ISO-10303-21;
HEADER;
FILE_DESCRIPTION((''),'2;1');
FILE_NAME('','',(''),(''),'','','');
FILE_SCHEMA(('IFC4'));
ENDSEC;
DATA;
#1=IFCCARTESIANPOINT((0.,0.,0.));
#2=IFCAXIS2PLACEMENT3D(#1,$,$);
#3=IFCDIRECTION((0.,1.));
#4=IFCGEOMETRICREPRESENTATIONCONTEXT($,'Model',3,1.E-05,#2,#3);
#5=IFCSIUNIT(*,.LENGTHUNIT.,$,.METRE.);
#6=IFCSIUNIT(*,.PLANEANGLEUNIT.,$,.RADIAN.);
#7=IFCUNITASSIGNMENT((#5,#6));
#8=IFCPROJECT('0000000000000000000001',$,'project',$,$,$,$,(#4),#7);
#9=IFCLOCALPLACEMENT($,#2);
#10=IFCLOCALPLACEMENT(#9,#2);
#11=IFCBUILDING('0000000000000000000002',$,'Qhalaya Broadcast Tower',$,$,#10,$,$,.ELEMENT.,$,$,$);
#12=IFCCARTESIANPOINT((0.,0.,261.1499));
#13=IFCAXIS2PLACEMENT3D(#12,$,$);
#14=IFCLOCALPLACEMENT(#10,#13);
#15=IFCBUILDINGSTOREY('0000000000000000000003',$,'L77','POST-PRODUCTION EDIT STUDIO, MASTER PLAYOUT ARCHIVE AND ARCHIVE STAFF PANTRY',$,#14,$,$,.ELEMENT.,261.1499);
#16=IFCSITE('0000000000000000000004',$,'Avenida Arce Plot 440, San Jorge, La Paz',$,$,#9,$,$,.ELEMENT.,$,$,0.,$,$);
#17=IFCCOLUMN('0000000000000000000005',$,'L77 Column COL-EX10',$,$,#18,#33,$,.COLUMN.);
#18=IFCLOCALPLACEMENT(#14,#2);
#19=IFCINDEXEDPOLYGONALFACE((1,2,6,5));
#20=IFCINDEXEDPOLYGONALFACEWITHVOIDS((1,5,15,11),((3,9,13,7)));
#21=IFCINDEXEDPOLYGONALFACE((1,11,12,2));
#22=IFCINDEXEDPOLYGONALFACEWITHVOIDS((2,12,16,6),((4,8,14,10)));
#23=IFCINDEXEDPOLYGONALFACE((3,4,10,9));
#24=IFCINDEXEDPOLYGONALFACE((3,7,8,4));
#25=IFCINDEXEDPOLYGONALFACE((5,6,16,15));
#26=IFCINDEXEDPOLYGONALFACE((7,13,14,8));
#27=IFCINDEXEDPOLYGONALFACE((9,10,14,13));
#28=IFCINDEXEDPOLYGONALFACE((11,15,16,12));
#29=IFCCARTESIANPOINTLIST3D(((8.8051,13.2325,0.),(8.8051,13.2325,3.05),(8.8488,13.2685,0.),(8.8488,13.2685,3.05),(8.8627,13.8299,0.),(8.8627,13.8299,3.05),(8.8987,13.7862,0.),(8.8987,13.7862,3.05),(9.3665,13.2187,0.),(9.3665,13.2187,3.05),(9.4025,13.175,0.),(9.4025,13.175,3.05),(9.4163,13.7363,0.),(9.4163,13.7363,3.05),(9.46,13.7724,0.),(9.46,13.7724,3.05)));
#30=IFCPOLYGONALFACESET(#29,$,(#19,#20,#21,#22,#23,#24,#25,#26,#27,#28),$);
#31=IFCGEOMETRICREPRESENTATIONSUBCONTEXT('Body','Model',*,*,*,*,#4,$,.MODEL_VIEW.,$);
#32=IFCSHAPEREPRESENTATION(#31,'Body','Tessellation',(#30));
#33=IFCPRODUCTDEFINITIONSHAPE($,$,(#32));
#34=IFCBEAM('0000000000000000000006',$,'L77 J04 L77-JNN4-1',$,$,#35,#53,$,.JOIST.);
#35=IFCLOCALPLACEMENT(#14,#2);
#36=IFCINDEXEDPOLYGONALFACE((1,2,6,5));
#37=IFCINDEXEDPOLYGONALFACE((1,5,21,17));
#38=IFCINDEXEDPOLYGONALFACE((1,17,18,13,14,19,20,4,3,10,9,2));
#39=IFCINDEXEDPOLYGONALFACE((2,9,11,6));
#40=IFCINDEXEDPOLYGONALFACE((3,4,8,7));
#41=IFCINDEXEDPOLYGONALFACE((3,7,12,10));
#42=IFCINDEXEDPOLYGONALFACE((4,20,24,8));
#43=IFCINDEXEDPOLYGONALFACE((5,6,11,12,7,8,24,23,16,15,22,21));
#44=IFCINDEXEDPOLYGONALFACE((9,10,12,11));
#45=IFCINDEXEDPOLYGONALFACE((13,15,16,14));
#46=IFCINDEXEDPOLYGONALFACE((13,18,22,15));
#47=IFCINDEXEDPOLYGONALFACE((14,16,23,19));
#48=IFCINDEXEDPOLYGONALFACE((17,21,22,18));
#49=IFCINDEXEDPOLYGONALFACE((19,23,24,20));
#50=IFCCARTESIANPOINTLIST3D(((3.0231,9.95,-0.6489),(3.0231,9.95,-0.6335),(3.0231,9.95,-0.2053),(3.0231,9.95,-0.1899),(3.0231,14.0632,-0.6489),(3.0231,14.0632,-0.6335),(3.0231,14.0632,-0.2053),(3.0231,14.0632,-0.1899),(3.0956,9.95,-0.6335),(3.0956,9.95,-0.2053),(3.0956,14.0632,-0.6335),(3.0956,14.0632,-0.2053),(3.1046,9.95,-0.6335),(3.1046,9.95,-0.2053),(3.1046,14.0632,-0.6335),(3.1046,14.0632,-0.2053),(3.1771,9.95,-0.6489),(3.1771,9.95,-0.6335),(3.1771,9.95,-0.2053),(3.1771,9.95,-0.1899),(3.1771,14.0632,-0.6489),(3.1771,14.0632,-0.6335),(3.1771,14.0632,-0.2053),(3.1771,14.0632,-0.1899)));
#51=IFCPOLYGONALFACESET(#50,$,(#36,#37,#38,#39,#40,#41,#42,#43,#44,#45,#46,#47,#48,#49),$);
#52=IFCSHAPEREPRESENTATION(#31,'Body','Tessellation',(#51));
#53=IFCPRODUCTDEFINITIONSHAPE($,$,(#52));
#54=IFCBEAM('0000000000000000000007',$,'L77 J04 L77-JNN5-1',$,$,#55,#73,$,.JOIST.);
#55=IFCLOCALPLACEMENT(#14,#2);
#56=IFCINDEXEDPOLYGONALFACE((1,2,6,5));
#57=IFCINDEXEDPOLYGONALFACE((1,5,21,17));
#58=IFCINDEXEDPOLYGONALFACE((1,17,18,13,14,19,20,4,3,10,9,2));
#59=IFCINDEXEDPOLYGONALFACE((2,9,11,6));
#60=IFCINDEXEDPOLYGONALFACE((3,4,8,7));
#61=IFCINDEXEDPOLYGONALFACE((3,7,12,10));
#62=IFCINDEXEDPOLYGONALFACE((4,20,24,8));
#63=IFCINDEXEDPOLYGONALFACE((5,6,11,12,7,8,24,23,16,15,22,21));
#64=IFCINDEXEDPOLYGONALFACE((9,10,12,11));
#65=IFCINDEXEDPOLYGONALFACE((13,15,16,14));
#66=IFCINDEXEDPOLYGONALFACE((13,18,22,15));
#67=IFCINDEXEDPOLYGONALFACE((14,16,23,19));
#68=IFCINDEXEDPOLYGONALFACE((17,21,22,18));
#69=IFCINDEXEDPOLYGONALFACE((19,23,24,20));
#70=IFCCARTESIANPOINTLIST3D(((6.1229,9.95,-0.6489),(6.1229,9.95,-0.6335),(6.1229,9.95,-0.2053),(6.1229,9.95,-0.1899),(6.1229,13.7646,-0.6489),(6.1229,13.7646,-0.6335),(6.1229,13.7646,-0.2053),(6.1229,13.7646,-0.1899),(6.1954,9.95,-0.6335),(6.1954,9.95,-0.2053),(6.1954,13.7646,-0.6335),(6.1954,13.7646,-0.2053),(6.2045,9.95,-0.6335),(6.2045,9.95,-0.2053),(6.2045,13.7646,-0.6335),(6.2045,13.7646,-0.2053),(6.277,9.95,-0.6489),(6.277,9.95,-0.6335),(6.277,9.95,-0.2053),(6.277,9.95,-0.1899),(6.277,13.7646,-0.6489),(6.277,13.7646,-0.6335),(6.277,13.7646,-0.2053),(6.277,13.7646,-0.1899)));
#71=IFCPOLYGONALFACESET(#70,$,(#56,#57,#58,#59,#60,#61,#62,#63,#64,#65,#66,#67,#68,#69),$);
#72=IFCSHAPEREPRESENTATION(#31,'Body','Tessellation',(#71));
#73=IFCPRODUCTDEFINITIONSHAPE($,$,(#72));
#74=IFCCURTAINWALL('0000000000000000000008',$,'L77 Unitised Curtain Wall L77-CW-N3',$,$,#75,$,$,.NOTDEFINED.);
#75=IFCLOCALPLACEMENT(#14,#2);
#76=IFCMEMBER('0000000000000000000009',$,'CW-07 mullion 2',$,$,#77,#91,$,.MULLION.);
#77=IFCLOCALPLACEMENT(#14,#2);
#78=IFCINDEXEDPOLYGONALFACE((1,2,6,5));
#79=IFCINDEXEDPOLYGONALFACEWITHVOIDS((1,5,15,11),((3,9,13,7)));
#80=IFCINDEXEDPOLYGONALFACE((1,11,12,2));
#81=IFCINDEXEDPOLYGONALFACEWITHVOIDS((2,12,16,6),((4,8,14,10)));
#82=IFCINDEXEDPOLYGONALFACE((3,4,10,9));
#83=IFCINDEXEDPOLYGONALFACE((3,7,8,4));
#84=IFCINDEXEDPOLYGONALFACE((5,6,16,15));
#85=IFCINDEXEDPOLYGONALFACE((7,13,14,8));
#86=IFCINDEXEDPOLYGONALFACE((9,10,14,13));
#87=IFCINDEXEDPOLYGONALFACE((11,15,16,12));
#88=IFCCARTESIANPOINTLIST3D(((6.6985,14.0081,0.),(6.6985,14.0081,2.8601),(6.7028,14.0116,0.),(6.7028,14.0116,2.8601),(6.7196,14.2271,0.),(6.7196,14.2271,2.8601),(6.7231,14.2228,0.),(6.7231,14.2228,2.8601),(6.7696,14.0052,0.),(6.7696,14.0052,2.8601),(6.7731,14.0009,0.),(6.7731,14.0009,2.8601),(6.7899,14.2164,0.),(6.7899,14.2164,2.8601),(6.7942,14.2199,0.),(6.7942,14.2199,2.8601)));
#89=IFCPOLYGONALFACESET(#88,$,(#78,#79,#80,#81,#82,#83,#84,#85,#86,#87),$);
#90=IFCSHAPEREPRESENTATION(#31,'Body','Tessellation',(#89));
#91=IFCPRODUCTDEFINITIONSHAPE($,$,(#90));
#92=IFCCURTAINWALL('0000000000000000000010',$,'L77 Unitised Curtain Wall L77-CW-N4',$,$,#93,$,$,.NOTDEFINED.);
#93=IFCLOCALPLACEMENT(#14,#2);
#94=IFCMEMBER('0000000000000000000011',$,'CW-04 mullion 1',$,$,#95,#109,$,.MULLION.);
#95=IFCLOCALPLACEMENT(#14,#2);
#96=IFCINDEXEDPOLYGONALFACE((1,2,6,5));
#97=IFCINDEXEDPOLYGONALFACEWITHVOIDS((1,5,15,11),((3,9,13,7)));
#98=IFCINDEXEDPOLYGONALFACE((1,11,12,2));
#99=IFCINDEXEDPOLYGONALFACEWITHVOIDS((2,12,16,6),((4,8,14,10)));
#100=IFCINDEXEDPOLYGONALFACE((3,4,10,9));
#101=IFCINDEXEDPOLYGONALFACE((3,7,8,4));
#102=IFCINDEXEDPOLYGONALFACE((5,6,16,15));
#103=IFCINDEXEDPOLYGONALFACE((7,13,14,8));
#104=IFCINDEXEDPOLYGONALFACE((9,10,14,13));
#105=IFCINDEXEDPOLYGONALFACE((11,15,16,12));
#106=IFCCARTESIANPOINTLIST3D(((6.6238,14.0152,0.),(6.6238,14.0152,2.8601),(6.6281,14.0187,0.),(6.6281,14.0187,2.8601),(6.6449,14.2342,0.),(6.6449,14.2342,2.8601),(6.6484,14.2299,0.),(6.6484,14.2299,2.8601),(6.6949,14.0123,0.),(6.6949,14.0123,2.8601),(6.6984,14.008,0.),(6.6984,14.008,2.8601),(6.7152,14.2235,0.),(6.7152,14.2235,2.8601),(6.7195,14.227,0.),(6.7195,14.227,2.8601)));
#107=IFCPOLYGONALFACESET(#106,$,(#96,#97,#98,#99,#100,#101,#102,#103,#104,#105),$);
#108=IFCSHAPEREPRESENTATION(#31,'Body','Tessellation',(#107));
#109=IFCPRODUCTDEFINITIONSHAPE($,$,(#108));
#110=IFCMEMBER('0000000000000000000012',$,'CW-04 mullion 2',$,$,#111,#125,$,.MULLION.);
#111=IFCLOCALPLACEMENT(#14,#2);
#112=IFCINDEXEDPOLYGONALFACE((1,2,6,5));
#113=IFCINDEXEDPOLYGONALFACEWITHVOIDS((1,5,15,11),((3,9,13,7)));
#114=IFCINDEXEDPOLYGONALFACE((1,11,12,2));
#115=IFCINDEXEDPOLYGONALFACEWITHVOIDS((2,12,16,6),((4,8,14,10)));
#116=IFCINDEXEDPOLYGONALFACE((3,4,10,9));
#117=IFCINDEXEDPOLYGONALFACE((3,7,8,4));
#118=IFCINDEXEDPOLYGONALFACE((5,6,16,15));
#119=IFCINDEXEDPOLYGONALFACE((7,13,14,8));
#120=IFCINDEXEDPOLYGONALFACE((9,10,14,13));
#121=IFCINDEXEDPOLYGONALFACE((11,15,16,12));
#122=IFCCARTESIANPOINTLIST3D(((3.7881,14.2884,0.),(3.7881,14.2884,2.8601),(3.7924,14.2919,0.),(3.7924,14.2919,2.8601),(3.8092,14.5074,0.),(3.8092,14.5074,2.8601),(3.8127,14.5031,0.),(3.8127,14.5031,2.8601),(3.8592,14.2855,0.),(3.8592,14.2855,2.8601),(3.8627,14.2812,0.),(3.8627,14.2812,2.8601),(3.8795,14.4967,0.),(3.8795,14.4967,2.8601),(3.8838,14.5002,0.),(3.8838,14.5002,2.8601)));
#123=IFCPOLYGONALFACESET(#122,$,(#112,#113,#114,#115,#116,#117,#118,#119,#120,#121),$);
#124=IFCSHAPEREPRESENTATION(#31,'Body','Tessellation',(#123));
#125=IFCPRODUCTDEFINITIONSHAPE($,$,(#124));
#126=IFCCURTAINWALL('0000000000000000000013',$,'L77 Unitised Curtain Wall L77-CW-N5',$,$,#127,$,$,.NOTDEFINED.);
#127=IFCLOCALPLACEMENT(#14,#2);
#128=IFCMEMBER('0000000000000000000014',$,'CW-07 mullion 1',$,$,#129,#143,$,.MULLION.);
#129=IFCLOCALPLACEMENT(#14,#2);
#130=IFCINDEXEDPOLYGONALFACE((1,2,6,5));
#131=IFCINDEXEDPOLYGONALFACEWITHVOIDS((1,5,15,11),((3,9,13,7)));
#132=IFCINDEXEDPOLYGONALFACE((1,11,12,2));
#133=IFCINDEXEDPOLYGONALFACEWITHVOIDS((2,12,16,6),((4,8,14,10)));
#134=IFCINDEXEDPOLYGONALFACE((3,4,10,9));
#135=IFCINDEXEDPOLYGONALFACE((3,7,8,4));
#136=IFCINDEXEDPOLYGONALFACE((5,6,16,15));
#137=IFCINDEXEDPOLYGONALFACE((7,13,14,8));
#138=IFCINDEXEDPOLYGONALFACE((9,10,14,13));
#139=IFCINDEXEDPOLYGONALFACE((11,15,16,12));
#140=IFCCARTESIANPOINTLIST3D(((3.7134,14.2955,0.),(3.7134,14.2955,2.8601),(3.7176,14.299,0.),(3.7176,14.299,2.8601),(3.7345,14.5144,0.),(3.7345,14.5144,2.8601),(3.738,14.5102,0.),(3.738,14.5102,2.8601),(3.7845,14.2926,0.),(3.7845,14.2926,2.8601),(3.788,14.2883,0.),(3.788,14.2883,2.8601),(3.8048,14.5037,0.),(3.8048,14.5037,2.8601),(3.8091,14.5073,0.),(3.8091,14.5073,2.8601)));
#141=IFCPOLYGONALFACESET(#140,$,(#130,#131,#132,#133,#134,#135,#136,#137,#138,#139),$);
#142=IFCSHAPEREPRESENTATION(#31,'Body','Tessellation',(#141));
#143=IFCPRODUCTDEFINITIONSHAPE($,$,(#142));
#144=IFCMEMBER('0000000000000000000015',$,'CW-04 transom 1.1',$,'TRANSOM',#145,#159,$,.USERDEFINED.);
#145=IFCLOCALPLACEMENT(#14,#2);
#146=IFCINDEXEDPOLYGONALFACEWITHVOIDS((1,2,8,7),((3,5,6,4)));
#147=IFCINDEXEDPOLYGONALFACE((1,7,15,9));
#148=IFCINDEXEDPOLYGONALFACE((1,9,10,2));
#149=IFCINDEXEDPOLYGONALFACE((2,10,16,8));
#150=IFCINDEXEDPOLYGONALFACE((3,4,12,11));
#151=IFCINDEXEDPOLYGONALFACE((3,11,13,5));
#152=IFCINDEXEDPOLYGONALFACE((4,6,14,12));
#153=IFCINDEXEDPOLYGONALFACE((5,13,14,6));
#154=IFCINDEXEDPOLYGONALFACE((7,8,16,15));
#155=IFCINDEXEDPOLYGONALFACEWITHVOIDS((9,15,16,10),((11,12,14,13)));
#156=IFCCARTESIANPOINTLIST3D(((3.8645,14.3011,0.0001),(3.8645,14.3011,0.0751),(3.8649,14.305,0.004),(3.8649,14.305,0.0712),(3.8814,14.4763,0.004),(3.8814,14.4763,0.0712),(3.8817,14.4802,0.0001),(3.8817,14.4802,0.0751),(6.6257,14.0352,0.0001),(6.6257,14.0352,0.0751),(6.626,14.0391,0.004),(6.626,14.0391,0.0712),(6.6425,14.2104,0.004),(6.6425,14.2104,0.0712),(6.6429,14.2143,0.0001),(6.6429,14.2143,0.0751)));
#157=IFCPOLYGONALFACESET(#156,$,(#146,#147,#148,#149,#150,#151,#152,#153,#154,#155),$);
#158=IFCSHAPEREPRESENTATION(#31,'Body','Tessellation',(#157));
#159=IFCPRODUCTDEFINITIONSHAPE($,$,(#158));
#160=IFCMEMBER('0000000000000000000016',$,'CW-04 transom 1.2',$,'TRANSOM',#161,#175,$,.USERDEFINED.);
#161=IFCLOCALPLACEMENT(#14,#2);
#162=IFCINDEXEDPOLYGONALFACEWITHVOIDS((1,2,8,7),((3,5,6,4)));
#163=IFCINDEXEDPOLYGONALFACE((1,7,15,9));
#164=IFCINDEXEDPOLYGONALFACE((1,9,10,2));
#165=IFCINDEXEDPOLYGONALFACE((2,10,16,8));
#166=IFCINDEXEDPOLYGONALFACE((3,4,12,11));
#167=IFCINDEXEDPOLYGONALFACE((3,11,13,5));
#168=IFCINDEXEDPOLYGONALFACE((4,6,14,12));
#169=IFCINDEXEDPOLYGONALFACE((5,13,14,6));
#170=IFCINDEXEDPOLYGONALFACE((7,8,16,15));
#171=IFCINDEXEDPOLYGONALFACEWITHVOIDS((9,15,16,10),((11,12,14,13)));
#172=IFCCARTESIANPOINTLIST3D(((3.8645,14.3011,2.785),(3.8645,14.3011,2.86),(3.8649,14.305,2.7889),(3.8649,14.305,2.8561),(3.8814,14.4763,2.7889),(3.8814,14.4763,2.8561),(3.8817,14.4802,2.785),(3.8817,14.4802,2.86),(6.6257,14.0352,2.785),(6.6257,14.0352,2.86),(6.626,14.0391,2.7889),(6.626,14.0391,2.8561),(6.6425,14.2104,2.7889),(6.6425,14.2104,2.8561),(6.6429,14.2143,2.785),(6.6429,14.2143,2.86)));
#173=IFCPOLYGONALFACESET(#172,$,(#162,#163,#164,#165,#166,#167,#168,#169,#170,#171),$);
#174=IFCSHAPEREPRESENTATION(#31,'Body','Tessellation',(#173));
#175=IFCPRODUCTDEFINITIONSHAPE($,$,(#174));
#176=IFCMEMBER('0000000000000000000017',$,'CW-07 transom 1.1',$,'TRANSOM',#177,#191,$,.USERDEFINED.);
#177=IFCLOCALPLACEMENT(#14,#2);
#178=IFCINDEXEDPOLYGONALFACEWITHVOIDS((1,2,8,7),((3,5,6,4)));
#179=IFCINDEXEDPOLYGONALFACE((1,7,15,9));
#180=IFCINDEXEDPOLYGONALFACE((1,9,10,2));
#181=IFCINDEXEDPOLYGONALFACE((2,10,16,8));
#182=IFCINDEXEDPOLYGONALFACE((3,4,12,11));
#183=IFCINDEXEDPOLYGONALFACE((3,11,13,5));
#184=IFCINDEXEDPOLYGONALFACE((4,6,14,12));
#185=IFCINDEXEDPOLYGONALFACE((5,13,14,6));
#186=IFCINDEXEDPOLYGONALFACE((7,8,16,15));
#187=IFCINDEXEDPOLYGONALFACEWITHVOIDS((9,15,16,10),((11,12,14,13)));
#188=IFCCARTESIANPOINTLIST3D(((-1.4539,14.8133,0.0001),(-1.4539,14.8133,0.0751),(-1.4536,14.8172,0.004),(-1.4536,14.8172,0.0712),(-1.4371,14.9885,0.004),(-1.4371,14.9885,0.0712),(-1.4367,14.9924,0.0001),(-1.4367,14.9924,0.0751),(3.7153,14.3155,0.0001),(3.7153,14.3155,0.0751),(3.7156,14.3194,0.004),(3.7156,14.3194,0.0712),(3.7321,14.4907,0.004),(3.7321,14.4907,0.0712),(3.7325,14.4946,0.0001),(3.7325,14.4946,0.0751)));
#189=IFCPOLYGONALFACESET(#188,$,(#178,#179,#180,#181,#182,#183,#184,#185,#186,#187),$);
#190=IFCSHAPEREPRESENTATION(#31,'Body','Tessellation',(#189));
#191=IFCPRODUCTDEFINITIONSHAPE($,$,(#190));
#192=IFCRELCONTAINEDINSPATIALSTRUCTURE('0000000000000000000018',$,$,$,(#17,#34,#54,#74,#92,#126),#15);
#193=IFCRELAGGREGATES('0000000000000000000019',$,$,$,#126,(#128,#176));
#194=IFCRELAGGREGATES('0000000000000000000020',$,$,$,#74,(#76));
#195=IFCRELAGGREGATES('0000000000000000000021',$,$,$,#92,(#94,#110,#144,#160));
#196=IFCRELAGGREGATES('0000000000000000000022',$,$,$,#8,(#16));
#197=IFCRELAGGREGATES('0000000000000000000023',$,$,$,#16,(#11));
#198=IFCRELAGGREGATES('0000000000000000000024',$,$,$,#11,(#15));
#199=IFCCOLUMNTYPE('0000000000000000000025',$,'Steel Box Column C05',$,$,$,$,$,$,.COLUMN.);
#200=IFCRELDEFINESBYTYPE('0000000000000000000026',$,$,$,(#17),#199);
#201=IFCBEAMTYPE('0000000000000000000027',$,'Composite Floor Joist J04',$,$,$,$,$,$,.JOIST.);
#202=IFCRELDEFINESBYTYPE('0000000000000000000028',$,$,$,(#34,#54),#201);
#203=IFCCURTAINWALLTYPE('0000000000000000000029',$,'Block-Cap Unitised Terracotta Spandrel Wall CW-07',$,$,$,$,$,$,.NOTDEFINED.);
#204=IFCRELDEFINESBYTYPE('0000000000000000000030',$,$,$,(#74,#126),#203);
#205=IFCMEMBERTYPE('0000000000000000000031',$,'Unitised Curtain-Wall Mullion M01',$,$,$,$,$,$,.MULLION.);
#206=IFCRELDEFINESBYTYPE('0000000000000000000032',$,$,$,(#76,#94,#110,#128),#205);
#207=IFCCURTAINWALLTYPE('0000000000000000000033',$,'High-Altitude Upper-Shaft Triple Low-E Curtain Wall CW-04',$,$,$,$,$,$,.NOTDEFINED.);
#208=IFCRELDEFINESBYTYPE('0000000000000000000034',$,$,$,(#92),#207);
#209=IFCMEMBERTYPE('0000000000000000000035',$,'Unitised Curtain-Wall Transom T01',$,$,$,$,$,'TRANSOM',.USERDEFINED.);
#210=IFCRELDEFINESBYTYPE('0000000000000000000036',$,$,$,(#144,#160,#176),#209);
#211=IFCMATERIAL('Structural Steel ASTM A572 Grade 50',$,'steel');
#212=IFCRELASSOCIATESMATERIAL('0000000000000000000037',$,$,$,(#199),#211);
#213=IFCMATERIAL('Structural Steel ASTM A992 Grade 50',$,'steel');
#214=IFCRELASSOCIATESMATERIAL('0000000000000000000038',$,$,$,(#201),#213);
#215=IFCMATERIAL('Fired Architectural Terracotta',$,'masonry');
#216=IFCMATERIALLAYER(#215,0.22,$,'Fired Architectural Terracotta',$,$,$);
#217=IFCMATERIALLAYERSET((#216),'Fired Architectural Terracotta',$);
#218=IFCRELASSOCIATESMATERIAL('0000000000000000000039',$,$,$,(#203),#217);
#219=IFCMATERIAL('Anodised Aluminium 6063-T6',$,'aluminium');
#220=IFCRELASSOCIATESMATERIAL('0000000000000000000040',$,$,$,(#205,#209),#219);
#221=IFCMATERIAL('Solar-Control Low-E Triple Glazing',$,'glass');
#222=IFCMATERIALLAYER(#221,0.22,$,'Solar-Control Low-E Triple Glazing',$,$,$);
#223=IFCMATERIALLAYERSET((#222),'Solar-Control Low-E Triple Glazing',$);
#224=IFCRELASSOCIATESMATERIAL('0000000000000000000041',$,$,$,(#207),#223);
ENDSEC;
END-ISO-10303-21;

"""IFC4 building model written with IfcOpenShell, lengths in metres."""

from ifc_helpers import new_model, si_unit, direction, frame, origin, origin_2d, place, context, subcontext, project, spatial, hollow_rectangle, i_section, extrude, material, layer, layer_set, material_profile, profile_set, type_object, element, aggregate, save


model = new_model("IFC4")

# Units and contexts
model_context = context("Model", 3, precision=1e-05, world=origin(), true_north=direction((0.0, 1.0)))
body_context = subcontext(model_context, "Body", "Model", "MODEL_VIEW")
ifc_project = project(units=[si_unit("LENGTHUNIT", "METRE"), si_unit("PLANEANGLEUNIT", "RADIAN")], contexts=[model_context])

# Site, building, storey
site_placement = place(None, origin())
site = spatial("IfcSite", under=ifc_project, at=site_placement, Name="Avenida Arce Plot 440, San Jorge, La Paz", CompositionType="ELEMENT", RefElevation=0.0)
building_placement = place(site_placement, origin())
building = spatial("IfcBuilding", under=site, at=building_placement, Name="Qhalaya Broadcast Tower", CompositionType="ELEMENT")
storey_placement = place(building_placement, frame((0.0, 0.0, 261.1499)))
storey = spatial("IfcBuildingStorey", under=building, at=storey_placement, Name="L77", Description="POST-PRODUCTION EDIT STUDIO, MASTER PLAYOUT ARCHIVE AND ARCHIVE STAFF PANTRY", CompositionType="ELEMENT", Elevation=261.1499)

# Column
ifc_material_1 = material(Name="Structural Steel ASTM A572 Grade 50", Category="steel")
ifc_material_profile_1 = material_profile(ifc_material_1, hollow_rectangle(XDim=0.6001, YDim=0.6001, WallThickness=0.04, at=origin_2d()), Name="BOX 600x600x40")
ifc_profile_set_1 = profile_set([ifc_material_profile_1], Name="Structural Steel ASTM A572 Grade 50")
column_type = type_object("IfcColumnType", Name="Steel Box Column C05", PredefinedType="COLUMN", material=ifc_profile_set_1)
column_placement = place(storey_placement, frame((9.1326, 13.5024, 0.0), z_axis=(0.0, 0.0, 1.0), x_axis=(0.995396, -0.095846, 0.0)))
element("IfcColumn", 1, at=column_placement, inside=storey, type_object=column_type, Name="L77 Column COL-EX10", PredefinedType="COLUMN", context=body_context, shape_type="SweptSolid", body=[
    extrude(hollow_rectangle(XDim=0.6001, YDim=0.6001, WallThickness=0.04, at=origin_2d()), origin(), (0.0, 0.0, 1.0), 3.05),
])

# Beams
ifc_material_2 = material(Name="Structural Steel ASTM A992 Grade 50", Category="steel")
ifc_material_profile_2 = material_profile(ifc_material_2, i_section(OverallWidth=0.1541, OverallDepth=0.459, WebThickness=0.009, FlangeThickness=0.0154, at=origin_2d()), Name="W18X46")
ifc_profile_set_2 = profile_set([ifc_material_profile_2], Name="Structural Steel ASTM A992 Grade 50")
beam_type_1 = type_object("IfcBeamType", Name="Composite Floor Joist J04", PredefinedType="JOIST", material=ifc_profile_set_2)
beam_1_placement = place(storey_placement, frame((3.1001, 9.95, -0.4194), z_axis=(0.0, 1.0, 0.0), x_axis=(-1.0, 0.0, 0.0)))
element("IfcBeam", 2, at=beam_1_placement, inside=storey, type_object=beam_type_1, Name="L77 J04 L77-JNN4-1", PredefinedType="JOIST", context=body_context, shape_type="SweptSolid", body=[
    extrude(i_section(OverallWidth=0.1541, OverallDepth=0.459, WebThickness=0.009, FlangeThickness=0.0154, at=origin_2d()), origin(), (0.0, 0.0, 1.0), 4.1133),
])
beam_2_placement = place(storey_placement, frame((6.2, 9.95, -0.4194), z_axis=(0.0, 1.0, 0.0), x_axis=(-1.0, 0.0, 0.0)))
element("IfcBeam", 3, at=beam_2_placement, inside=storey, type_object=beam_type_1, Name="L77 J04 L77-JNN5-1", PredefinedType="JOIST", context=body_context, shape_type="SweptSolid", body=[
    extrude(i_section(OverallWidth=0.1541, OverallDepth=0.459, WebThickness=0.009, FlangeThickness=0.0154, at=origin_2d()), origin(), (0.0, 0.0, 1.0), 3.8147),
])

# Curtain wall, member
ifc_material_3 = material(Name="Fired Architectural Terracotta", Category="masonry")
ifc_layer_1 = layer(ifc_material_3, 0.22, Name="Fired Architectural Terracotta")
ifc_layer_set_1 = layer_set([ifc_layer_1], Name="Fired Architectural Terracotta")
curtain_wall_type_1 = type_object("IfcCurtainWallType", Name="Block-Cap Unitised Terracotta Spandrel Wall CW-07", PredefinedType="NOTDEFINED", material=ifc_layer_set_1)
curtain_wall_1_placement = place(storey_placement, origin())
curtain_wall_1 = element("IfcCurtainWall", 4, at=curtain_wall_1_placement, inside=storey, type_object=curtain_wall_type_1, Name="L77 Unitised Curtain Wall L77-CW-N3", PredefinedType="NOTDEFINED")
ifc_material_4 = material(Name="Anodised Aluminium 6063-T6", Category="aluminium")
ifc_material_profile_3 = material_profile(ifc_material_4, hollow_rectangle(XDim=0.075, YDim=0.22, WallThickness=0.0039, at=origin_2d()), Name="ALU-MUL 75x220x4")
ifc_profile_set_3 = profile_set([ifc_material_profile_3], Name="Anodised Aluminium 6063-T6")
member_type_1 = type_object("IfcMemberType", Name="Unitised Curtain-Wall Mullion M01", PredefinedType="MULLION", material=ifc_profile_set_3)
member_1_placement = place(storey_placement, frame((6.7463, 14.114, 0.0), z_axis=(0.0, 0.0, 1.0), x_axis=(-0.995396, 0.095845, 0.0)))
member_1 = element("IfcMember", 5, at=member_1_placement, type_object=member_type_1, Name="CW-07 mullion 2", PredefinedType="MULLION", context=body_context, shape_type="SweptSolid", body=[
    extrude(hollow_rectangle(XDim=0.075, YDim=0.22, WallThickness=0.0039, at=origin_2d()), origin(), (0.0, 0.0, 1.0), 2.8601),
])

# Curtain wall, members
ifc_material_5 = material(Name="Solar-Control Low-E Triple Glazing", Category="glass")
ifc_layer_2 = layer(ifc_material_5, 0.22, Name="Solar-Control Low-E Triple Glazing")
ifc_layer_set_2 = layer_set([ifc_layer_2], Name="Solar-Control Low-E Triple Glazing")
curtain_wall_type_2 = type_object("IfcCurtainWallType", Name="High-Altitude Upper-Shaft Triple Low-E Curtain Wall CW-04", PredefinedType="NOTDEFINED", material=ifc_layer_set_2)
curtain_wall_2_placement = place(storey_placement, origin())
curtain_wall_2 = element("IfcCurtainWall", 6, at=curtain_wall_2_placement, inside=storey, type_object=curtain_wall_type_2, Name="L77 Unitised Curtain Wall L77-CW-N4", PredefinedType="NOTDEFINED")
member_2_placement = place(storey_placement, frame((6.6716, 14.1211, 0.0), z_axis=(0.0, 0.0, 1.0), x_axis=(-0.995398, 0.095829, 0.0)))
member_2 = element("IfcMember", 7, at=member_2_placement, type_object=member_type_1, Name="CW-04 mullion 1", PredefinedType="MULLION", context=body_context, shape_type="SweptSolid", body=[
    extrude(hollow_rectangle(XDim=0.075, YDim=0.22, WallThickness=0.0039, at=origin_2d()), origin(), (0.0, 0.0, 1.0), 2.8601),
])
member_3_placement = place(storey_placement, frame((3.8359, 14.3943, 0.0), z_axis=(0.0, 0.0, 1.0), x_axis=(-0.995398, 0.095829, 0.0)))
member_3 = element("IfcMember", 8, at=member_3_placement, type_object=member_type_1, Name="CW-04 mullion 2", PredefinedType="MULLION", context=body_context, shape_type="SweptSolid", body=[
    extrude(hollow_rectangle(XDim=0.075, YDim=0.22, WallThickness=0.0039, at=origin_2d()), origin(), (0.0, 0.0, 1.0), 2.8601),
])

# Curtain wall, member
curtain_wall_3_placement = place(storey_placement, origin())
curtain_wall_3 = element("IfcCurtainWall", 9, at=curtain_wall_3_placement, inside=storey, type_object=curtain_wall_type_1, Name="L77 Unitised Curtain Wall L77-CW-N5", PredefinedType="NOTDEFINED")
member_4_placement = place(storey_placement, frame((3.7612, 14.4014, 0.0), z_axis=(0.0, 0.0, 1.0), x_axis=(-0.995396, 0.095845, 0.0)))
member_4 = element("IfcMember", 10, at=member_4_placement, type_object=member_type_1, Name="CW-07 mullion 1", PredefinedType="MULLION", context=body_context, shape_type="SweptSolid", body=[
    extrude(hollow_rectangle(XDim=0.075, YDim=0.22, WallThickness=0.0039, at=origin_2d()), origin(), (0.0, 0.0, 1.0), 2.8601),
])

# Members
ifc_material_profile_4 = material_profile(ifc_material_4, hollow_rectangle(XDim=0.075, YDim=0.1799, WallThickness=0.0039, at=origin_2d()), Name="ALU-TRN 75x180x4")
ifc_profile_set_4 = profile_set([ifc_material_profile_4], Name="Anodised Aluminium 6063-T6")
member_type_2 = type_object("IfcMemberType", Name="Unitised Curtain-Wall Transom T01", ElementType="TRANSOM", PredefinedType="USERDEFINED", material=ifc_profile_set_4)
member_5_placement = place(storey_placement, frame((6.6343, 14.1248, 0.0376), z_axis=(-0.995396, 0.095843, 0.0), x_axis=(0.0, 0.0, 1.0)))
member_5 = element("IfcMember", 11, at=member_5_placement, type_object=member_type_2, Name="CW-04 transom 1.1", ObjectType="TRANSOM", PredefinedType="USERDEFINED", context=body_context, shape_type="SweptSolid", body=[
    extrude(hollow_rectangle(XDim=0.075, YDim=0.1799, WallThickness=0.0039, at=origin_2d()), origin(), (0.0, 0.0, 1.0), 2.7739),
])
member_6_placement = place(storey_placement, frame((6.6343, 14.1248, 2.8225), z_axis=(-0.995396, 0.095843, 0.0), x_axis=(0.0, 0.0, 1.0)))
member_6 = element("IfcMember", 12, at=member_6_placement, type_object=member_type_2, Name="CW-04 transom 1.2", ObjectType="TRANSOM", PredefinedType="USERDEFINED", context=body_context, shape_type="SweptSolid", body=[
    extrude(hollow_rectangle(XDim=0.075, YDim=0.1799, WallThickness=0.0039, at=origin_2d()), origin(), (0.0, 0.0, 1.0), 2.7739),
])
member_7_placement = place(storey_placement, frame((3.7239, 14.405, 0.0376), z_axis=(-0.995395, 0.095858, 0.0), x_axis=(0.0, 0.0, 1.0)))
member_7 = element("IfcMember", 13, at=member_7_placement, type_object=member_type_2, Name="CW-07 transom 1.1", ObjectType="TRANSOM", PredefinedType="USERDEFINED", context=body_context, shape_type="SweptSolid", body=[
    extrude(hollow_rectangle(XDim=0.075, YDim=0.1799, WallThickness=0.0039, at=origin_2d()), origin(), (0.0, 0.0, 1.0), 5.1931),
])
aggregate(curtain_wall_3, [member_4, member_7])

aggregate(curtain_wall_1, [member_1])
aggregate(curtain_wall_2, [member_2, member_3, member_5, member_6])

save(model, "model.ifc")
